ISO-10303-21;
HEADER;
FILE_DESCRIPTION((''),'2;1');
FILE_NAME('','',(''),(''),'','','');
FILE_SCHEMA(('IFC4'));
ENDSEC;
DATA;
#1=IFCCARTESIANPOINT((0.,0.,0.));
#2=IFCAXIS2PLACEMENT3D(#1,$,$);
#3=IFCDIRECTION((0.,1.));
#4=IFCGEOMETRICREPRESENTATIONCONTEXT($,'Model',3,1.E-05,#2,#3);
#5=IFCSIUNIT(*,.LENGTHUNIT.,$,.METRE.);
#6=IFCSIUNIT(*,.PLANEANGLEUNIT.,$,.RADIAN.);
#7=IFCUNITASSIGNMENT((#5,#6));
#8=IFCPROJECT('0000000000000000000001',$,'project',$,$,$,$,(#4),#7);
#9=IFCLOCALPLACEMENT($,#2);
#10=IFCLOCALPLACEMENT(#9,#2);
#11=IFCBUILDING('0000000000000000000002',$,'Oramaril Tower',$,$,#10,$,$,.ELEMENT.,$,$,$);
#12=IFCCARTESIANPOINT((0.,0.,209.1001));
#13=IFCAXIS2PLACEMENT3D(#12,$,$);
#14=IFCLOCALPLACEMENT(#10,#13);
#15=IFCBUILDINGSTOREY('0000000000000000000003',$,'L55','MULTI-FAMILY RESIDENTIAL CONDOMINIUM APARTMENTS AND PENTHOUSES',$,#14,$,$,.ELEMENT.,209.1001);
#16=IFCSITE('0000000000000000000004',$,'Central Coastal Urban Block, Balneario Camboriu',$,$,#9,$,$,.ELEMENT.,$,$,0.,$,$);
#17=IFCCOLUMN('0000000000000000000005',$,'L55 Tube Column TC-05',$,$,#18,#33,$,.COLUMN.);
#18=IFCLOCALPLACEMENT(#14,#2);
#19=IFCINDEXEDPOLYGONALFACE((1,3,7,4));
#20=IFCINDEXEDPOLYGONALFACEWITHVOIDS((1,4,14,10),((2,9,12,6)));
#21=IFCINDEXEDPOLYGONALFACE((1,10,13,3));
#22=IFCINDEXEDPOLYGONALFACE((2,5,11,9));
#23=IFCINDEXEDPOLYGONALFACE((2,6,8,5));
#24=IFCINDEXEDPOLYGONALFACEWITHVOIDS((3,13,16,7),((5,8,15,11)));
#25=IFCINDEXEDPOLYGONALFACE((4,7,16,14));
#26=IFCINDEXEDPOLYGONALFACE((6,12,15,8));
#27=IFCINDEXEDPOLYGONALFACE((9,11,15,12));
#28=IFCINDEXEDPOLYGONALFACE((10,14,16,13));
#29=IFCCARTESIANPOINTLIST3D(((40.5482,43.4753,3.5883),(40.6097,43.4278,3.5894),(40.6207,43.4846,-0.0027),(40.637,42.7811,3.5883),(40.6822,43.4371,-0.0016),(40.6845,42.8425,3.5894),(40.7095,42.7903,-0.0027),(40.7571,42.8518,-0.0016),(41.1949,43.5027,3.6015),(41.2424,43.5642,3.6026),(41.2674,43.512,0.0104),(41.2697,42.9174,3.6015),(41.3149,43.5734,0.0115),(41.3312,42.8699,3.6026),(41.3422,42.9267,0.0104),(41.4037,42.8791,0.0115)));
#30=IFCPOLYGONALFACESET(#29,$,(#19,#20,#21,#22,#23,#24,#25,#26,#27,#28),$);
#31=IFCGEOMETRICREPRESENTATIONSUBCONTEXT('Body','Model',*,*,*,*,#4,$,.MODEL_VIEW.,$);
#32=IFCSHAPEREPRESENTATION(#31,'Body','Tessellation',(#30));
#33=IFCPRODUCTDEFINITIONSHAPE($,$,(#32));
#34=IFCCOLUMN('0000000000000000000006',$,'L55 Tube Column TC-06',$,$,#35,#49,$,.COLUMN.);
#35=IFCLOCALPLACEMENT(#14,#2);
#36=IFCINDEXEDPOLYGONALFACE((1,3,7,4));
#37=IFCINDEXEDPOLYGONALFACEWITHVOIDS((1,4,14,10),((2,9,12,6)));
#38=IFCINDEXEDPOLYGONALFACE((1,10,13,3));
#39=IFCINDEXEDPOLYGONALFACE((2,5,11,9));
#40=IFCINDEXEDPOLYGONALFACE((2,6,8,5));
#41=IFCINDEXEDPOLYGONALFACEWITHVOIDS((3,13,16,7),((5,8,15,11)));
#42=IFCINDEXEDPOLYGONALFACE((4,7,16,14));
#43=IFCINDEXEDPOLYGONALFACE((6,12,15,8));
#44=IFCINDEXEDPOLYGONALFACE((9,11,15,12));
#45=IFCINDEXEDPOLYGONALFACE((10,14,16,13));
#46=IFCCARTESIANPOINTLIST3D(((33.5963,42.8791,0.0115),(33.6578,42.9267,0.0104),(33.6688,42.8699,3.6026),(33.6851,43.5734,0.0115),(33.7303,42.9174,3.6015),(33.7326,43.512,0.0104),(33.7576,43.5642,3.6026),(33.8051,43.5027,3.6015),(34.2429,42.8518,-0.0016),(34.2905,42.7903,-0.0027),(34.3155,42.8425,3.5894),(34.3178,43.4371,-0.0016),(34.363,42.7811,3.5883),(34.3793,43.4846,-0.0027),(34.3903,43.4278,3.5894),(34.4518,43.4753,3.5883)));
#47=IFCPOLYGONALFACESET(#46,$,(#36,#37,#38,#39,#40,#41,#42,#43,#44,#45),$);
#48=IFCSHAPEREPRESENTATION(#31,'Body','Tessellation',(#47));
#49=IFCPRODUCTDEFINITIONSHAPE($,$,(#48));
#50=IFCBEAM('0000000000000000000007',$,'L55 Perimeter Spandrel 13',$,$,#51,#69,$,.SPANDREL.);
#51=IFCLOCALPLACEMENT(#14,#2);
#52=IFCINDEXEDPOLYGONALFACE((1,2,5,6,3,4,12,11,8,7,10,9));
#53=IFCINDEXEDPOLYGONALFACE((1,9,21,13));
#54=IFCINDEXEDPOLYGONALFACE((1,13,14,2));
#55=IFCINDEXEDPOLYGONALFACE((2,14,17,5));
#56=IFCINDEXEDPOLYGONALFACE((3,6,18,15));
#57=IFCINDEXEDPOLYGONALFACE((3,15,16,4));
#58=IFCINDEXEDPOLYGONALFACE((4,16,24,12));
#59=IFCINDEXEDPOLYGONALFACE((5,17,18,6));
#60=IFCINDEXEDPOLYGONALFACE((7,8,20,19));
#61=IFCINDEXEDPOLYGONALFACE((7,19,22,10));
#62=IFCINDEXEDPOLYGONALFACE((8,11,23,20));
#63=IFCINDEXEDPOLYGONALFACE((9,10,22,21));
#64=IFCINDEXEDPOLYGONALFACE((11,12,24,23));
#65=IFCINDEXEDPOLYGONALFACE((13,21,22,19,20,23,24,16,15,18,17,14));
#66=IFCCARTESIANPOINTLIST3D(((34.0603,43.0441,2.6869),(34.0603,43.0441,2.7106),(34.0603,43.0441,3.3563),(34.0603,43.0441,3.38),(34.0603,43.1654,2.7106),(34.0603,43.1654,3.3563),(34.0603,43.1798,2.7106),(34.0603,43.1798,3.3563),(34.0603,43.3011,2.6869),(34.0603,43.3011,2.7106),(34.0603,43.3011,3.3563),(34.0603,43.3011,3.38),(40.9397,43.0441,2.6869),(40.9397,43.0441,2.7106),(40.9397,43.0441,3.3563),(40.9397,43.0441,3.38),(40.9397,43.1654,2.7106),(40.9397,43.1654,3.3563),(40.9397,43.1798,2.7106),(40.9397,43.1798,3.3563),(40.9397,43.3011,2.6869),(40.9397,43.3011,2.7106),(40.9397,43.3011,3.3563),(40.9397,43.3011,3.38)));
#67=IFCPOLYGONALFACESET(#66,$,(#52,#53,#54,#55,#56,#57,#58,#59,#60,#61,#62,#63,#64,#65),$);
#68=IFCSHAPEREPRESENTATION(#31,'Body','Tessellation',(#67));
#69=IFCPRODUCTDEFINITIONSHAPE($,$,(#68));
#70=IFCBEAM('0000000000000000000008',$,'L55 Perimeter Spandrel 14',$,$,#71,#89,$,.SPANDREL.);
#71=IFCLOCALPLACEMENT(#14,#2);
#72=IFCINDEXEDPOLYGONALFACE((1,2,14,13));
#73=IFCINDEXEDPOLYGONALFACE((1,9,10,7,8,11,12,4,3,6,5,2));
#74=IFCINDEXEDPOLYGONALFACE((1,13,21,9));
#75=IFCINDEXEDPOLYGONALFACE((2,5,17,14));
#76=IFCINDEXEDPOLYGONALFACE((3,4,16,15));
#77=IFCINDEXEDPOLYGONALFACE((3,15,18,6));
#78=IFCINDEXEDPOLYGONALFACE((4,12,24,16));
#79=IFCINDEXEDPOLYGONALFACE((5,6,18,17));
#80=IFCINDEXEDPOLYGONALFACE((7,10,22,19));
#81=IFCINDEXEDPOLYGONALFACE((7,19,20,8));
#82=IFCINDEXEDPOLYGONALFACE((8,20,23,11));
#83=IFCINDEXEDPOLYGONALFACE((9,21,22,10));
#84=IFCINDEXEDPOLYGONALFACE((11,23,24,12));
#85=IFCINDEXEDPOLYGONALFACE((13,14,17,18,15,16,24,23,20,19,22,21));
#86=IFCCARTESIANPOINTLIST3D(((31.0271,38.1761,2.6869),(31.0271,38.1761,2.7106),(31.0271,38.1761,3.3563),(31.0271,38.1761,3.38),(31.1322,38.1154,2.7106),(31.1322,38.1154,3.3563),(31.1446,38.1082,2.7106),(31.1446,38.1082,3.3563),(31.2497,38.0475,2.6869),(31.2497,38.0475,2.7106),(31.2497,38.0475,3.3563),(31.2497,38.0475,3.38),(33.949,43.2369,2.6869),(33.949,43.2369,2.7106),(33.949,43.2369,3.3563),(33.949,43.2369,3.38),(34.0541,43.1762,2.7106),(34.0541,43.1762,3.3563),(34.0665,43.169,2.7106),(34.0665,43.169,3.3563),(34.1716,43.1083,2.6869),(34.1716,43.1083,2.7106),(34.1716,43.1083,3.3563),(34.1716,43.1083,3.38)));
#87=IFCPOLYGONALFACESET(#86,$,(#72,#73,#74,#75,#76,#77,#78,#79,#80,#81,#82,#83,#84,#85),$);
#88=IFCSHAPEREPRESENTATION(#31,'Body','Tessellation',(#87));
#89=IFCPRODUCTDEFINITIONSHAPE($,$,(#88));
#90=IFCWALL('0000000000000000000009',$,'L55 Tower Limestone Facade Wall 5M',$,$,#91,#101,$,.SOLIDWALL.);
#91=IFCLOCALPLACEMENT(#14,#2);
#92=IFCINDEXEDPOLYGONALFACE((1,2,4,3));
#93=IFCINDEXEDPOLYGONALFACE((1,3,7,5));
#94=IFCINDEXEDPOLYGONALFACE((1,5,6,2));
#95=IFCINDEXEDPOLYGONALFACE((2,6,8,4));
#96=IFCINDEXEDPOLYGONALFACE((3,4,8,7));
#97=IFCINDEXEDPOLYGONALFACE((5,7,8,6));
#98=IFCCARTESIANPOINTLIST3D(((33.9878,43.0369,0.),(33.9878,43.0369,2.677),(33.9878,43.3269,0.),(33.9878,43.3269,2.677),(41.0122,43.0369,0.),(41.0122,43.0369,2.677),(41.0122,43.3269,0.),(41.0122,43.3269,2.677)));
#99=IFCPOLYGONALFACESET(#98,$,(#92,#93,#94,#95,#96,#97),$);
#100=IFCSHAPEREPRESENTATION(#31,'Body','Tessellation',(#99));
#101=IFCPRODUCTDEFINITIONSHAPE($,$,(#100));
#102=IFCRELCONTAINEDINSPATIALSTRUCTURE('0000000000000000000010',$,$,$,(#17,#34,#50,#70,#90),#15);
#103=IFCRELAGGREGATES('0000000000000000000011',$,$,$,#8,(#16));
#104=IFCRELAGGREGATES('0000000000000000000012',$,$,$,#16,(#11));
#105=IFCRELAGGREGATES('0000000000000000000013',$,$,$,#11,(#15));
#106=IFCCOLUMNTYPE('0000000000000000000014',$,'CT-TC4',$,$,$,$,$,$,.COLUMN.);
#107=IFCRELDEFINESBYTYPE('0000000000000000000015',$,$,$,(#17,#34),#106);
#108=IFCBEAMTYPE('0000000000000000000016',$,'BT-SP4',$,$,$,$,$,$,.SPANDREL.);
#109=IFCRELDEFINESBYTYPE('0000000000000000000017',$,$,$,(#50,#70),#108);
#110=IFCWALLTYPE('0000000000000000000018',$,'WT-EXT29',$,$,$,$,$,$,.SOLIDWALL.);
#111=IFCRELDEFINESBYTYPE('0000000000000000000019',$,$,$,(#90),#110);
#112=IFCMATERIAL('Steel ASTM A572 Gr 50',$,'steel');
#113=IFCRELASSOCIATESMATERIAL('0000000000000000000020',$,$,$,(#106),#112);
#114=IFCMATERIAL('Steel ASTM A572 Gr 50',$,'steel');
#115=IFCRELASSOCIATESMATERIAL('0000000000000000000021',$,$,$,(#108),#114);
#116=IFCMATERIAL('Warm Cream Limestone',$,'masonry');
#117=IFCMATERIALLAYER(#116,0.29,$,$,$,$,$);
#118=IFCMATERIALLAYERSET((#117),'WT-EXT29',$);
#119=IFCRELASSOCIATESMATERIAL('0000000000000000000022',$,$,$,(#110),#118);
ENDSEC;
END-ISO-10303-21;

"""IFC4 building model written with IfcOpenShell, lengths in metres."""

from ifc_helpers import new_model, si_unit, direction, frame, frame_2d, origin, origin_2d, place, context, subcontext, project, spatial, rectangle, hollow_rectangle, i_section, extrude, material, layer, layer_set, material_profile, profile_set, type_object, element, save


model = new_model("IFC4")

# Units and contexts
model_context = context("Model", 3, precision=1e-05, world=origin(), true_north=direction((0.0, 1.0)))
body_context = subcontext(model_context, "Body", "Model", "MODEL_VIEW")
ifc_project = project(units=[si_unit("LENGTHUNIT", "METRE"), si_unit("PLANEANGLEUNIT", "RADIAN")], contexts=[model_context])

# Site, building, storey
site_placement = place(None, origin())
site = spatial("IfcSite", under=ifc_project, at=site_placement, Name="Central Coastal Urban Block, Balneario Camboriu", CompositionType="ELEMENT", RefElevation=0.0)
building_placement = place(site_placement, origin())
building = spatial("IfcBuilding", under=site, at=building_placement, Name="Oramaril Tower", CompositionType="ELEMENT")
storey_placement = place(building_placement, frame((0.0, 0.0, 209.1001)))
storey = spatial("IfcBuildingStorey", under=building, at=storey_placement, Name="L55", Description="MULTI-FAMILY RESIDENTIAL CONDOMINIUM APARTMENTS AND PENTHOUSES", CompositionType="ELEMENT", Elevation=209.1001)

# Columns
ifc_material_1 = material(Name="Steel ASTM A572 Gr 50", Category="steel")
ifc_material_profile_1 = material_profile(ifc_material_1, hollow_rectangle(XDim=0.7, YDim=0.7, WallThickness=0.0549, at=origin_2d()), Name="BOX700X700X55")
ifc_profile_set_1 = profile_set([ifc_material_profile_1], Name="Steel ASTM A572 Gr 50")
column_type = type_object("IfcColumnType", Name="CT-TC4", PredefinedType="COLUMN", material=ifc_profile_set_1)
for number, where, z_axis, x_axis, name in (
    (1, (41.0122, 43.1819, 0.0044), (-0.020188, -0.002583, 0.999793), (0.126912, -0.991914, 0.0), "L55 Tube Column TC-05"),
    (2, (33.9878, 43.1819, 0.0044), (0.020188, -0.002583, 0.999793), (0.126912, 0.991914, 0.0), "L55 Tube Column TC-06"),
):
    element("IfcColumn", number, at=place(storey_placement, frame(where, z_axis=z_axis, x_axis=x_axis)), inside=storey, type_object=column_type, Name=name, PredefinedType="COLUMN", context=body_context, shape_type="SweptSolid", body=[
        extrude(hollow_rectangle(XDim=0.7, YDim=0.7, WallThickness=0.0549, at=origin_2d()), origin(), (0.0, 0.0, 1.0), 3.5918),
    ])

# Beams
ifc_material_2 = material(Name="Steel ASTM A572 Gr 50", Category="steel")
ifc_material_profile_2 = material_profile(ifc_material_2, i_section(OverallWidth=0.2571, OverallDepth=0.6931, WebThickness=0.0144, FlangeThickness=0.0237, at=origin_2d()), Name="W27X114")
ifc_profile_set_2 = profile_set([ifc_material_profile_2], Name="Steel ASTM A572 Gr 50")
beam_type = type_object("IfcBeamType", Name="BT-SP4", PredefinedType="SPANDREL", material=ifc_profile_set_2)
beam_1_placement = place(storey_placement, frame((40.9397, 43.1726, 3.0334), z_axis=(-1.0, 0.0, 0.0), x_axis=(0.0, -1.0, 0.0)))
element("IfcBeam", 3, at=beam_1_placement, inside=storey, type_object=beam_type, Name="L55 Perimeter Spandrel 13", PredefinedType="SPANDREL", context=body_context, shape_type="SweptSolid", body=[
    extrude(i_section(OverallWidth=0.2571, OverallDepth=0.6931, WebThickness=0.0144, FlangeThickness=0.0237, at=origin_2d()), origin(), (0.0, 0.0, 1.0), 6.8794),
])
beam_2_placement = place(storey_placement, frame((34.0603, 43.1726, 3.0334), z_axis=(-0.500003, -0.866023, 0.0), x_axis=(0.866023, -0.500003, 0.0)))
element("IfcBeam", 4, at=beam_2_placement, inside=storey, type_object=beam_type, Name="L55 Perimeter Spandrel 14", PredefinedType="SPANDREL", context=body_context, shape_type="SweptSolid", body=[
    extrude(i_section(OverallWidth=0.2571, OverallDepth=0.6931, WebThickness=0.0144, FlangeThickness=0.0237, at=origin_2d()), origin(), (0.0, 0.0, 1.0), 5.8438),
])

# Wall
ifc_material_3 = material(Name="Warm Cream Limestone", Category="masonry")
ifc_layer_1 = layer(ifc_material_3, 0.29)
ifc_layer_set_1 = layer_set([ifc_layer_1], Name="WT-EXT29")
wall_type_1 = type_object("IfcWallType", Name="WT-EXT29", PredefinedType="SOLIDWALL", material=ifc_layer_set_1)
wall_1_placement = place(storey_placement, frame((41.0122, 43.1819, 0.0), z_axis=(0.0, 0.0, 1.0), x_axis=(-1.0, 0.0, 0.0)))
element("IfcWall", 5, at=wall_1_placement, inside=storey, type_object=wall_type_1, Name="L55 Tower Limestone Facade Wall 5M", PredefinedType="SOLIDWALL", context=body_context, shape_type="SweptSolid", body=[
    extrude(rectangle(XDim=7.0244, YDim=0.29, at=frame_2d((3.5122, 0.0))), origin(), (0.0, 0.0, 1.0), 2.677),
])

save(model, "model.ifc")
